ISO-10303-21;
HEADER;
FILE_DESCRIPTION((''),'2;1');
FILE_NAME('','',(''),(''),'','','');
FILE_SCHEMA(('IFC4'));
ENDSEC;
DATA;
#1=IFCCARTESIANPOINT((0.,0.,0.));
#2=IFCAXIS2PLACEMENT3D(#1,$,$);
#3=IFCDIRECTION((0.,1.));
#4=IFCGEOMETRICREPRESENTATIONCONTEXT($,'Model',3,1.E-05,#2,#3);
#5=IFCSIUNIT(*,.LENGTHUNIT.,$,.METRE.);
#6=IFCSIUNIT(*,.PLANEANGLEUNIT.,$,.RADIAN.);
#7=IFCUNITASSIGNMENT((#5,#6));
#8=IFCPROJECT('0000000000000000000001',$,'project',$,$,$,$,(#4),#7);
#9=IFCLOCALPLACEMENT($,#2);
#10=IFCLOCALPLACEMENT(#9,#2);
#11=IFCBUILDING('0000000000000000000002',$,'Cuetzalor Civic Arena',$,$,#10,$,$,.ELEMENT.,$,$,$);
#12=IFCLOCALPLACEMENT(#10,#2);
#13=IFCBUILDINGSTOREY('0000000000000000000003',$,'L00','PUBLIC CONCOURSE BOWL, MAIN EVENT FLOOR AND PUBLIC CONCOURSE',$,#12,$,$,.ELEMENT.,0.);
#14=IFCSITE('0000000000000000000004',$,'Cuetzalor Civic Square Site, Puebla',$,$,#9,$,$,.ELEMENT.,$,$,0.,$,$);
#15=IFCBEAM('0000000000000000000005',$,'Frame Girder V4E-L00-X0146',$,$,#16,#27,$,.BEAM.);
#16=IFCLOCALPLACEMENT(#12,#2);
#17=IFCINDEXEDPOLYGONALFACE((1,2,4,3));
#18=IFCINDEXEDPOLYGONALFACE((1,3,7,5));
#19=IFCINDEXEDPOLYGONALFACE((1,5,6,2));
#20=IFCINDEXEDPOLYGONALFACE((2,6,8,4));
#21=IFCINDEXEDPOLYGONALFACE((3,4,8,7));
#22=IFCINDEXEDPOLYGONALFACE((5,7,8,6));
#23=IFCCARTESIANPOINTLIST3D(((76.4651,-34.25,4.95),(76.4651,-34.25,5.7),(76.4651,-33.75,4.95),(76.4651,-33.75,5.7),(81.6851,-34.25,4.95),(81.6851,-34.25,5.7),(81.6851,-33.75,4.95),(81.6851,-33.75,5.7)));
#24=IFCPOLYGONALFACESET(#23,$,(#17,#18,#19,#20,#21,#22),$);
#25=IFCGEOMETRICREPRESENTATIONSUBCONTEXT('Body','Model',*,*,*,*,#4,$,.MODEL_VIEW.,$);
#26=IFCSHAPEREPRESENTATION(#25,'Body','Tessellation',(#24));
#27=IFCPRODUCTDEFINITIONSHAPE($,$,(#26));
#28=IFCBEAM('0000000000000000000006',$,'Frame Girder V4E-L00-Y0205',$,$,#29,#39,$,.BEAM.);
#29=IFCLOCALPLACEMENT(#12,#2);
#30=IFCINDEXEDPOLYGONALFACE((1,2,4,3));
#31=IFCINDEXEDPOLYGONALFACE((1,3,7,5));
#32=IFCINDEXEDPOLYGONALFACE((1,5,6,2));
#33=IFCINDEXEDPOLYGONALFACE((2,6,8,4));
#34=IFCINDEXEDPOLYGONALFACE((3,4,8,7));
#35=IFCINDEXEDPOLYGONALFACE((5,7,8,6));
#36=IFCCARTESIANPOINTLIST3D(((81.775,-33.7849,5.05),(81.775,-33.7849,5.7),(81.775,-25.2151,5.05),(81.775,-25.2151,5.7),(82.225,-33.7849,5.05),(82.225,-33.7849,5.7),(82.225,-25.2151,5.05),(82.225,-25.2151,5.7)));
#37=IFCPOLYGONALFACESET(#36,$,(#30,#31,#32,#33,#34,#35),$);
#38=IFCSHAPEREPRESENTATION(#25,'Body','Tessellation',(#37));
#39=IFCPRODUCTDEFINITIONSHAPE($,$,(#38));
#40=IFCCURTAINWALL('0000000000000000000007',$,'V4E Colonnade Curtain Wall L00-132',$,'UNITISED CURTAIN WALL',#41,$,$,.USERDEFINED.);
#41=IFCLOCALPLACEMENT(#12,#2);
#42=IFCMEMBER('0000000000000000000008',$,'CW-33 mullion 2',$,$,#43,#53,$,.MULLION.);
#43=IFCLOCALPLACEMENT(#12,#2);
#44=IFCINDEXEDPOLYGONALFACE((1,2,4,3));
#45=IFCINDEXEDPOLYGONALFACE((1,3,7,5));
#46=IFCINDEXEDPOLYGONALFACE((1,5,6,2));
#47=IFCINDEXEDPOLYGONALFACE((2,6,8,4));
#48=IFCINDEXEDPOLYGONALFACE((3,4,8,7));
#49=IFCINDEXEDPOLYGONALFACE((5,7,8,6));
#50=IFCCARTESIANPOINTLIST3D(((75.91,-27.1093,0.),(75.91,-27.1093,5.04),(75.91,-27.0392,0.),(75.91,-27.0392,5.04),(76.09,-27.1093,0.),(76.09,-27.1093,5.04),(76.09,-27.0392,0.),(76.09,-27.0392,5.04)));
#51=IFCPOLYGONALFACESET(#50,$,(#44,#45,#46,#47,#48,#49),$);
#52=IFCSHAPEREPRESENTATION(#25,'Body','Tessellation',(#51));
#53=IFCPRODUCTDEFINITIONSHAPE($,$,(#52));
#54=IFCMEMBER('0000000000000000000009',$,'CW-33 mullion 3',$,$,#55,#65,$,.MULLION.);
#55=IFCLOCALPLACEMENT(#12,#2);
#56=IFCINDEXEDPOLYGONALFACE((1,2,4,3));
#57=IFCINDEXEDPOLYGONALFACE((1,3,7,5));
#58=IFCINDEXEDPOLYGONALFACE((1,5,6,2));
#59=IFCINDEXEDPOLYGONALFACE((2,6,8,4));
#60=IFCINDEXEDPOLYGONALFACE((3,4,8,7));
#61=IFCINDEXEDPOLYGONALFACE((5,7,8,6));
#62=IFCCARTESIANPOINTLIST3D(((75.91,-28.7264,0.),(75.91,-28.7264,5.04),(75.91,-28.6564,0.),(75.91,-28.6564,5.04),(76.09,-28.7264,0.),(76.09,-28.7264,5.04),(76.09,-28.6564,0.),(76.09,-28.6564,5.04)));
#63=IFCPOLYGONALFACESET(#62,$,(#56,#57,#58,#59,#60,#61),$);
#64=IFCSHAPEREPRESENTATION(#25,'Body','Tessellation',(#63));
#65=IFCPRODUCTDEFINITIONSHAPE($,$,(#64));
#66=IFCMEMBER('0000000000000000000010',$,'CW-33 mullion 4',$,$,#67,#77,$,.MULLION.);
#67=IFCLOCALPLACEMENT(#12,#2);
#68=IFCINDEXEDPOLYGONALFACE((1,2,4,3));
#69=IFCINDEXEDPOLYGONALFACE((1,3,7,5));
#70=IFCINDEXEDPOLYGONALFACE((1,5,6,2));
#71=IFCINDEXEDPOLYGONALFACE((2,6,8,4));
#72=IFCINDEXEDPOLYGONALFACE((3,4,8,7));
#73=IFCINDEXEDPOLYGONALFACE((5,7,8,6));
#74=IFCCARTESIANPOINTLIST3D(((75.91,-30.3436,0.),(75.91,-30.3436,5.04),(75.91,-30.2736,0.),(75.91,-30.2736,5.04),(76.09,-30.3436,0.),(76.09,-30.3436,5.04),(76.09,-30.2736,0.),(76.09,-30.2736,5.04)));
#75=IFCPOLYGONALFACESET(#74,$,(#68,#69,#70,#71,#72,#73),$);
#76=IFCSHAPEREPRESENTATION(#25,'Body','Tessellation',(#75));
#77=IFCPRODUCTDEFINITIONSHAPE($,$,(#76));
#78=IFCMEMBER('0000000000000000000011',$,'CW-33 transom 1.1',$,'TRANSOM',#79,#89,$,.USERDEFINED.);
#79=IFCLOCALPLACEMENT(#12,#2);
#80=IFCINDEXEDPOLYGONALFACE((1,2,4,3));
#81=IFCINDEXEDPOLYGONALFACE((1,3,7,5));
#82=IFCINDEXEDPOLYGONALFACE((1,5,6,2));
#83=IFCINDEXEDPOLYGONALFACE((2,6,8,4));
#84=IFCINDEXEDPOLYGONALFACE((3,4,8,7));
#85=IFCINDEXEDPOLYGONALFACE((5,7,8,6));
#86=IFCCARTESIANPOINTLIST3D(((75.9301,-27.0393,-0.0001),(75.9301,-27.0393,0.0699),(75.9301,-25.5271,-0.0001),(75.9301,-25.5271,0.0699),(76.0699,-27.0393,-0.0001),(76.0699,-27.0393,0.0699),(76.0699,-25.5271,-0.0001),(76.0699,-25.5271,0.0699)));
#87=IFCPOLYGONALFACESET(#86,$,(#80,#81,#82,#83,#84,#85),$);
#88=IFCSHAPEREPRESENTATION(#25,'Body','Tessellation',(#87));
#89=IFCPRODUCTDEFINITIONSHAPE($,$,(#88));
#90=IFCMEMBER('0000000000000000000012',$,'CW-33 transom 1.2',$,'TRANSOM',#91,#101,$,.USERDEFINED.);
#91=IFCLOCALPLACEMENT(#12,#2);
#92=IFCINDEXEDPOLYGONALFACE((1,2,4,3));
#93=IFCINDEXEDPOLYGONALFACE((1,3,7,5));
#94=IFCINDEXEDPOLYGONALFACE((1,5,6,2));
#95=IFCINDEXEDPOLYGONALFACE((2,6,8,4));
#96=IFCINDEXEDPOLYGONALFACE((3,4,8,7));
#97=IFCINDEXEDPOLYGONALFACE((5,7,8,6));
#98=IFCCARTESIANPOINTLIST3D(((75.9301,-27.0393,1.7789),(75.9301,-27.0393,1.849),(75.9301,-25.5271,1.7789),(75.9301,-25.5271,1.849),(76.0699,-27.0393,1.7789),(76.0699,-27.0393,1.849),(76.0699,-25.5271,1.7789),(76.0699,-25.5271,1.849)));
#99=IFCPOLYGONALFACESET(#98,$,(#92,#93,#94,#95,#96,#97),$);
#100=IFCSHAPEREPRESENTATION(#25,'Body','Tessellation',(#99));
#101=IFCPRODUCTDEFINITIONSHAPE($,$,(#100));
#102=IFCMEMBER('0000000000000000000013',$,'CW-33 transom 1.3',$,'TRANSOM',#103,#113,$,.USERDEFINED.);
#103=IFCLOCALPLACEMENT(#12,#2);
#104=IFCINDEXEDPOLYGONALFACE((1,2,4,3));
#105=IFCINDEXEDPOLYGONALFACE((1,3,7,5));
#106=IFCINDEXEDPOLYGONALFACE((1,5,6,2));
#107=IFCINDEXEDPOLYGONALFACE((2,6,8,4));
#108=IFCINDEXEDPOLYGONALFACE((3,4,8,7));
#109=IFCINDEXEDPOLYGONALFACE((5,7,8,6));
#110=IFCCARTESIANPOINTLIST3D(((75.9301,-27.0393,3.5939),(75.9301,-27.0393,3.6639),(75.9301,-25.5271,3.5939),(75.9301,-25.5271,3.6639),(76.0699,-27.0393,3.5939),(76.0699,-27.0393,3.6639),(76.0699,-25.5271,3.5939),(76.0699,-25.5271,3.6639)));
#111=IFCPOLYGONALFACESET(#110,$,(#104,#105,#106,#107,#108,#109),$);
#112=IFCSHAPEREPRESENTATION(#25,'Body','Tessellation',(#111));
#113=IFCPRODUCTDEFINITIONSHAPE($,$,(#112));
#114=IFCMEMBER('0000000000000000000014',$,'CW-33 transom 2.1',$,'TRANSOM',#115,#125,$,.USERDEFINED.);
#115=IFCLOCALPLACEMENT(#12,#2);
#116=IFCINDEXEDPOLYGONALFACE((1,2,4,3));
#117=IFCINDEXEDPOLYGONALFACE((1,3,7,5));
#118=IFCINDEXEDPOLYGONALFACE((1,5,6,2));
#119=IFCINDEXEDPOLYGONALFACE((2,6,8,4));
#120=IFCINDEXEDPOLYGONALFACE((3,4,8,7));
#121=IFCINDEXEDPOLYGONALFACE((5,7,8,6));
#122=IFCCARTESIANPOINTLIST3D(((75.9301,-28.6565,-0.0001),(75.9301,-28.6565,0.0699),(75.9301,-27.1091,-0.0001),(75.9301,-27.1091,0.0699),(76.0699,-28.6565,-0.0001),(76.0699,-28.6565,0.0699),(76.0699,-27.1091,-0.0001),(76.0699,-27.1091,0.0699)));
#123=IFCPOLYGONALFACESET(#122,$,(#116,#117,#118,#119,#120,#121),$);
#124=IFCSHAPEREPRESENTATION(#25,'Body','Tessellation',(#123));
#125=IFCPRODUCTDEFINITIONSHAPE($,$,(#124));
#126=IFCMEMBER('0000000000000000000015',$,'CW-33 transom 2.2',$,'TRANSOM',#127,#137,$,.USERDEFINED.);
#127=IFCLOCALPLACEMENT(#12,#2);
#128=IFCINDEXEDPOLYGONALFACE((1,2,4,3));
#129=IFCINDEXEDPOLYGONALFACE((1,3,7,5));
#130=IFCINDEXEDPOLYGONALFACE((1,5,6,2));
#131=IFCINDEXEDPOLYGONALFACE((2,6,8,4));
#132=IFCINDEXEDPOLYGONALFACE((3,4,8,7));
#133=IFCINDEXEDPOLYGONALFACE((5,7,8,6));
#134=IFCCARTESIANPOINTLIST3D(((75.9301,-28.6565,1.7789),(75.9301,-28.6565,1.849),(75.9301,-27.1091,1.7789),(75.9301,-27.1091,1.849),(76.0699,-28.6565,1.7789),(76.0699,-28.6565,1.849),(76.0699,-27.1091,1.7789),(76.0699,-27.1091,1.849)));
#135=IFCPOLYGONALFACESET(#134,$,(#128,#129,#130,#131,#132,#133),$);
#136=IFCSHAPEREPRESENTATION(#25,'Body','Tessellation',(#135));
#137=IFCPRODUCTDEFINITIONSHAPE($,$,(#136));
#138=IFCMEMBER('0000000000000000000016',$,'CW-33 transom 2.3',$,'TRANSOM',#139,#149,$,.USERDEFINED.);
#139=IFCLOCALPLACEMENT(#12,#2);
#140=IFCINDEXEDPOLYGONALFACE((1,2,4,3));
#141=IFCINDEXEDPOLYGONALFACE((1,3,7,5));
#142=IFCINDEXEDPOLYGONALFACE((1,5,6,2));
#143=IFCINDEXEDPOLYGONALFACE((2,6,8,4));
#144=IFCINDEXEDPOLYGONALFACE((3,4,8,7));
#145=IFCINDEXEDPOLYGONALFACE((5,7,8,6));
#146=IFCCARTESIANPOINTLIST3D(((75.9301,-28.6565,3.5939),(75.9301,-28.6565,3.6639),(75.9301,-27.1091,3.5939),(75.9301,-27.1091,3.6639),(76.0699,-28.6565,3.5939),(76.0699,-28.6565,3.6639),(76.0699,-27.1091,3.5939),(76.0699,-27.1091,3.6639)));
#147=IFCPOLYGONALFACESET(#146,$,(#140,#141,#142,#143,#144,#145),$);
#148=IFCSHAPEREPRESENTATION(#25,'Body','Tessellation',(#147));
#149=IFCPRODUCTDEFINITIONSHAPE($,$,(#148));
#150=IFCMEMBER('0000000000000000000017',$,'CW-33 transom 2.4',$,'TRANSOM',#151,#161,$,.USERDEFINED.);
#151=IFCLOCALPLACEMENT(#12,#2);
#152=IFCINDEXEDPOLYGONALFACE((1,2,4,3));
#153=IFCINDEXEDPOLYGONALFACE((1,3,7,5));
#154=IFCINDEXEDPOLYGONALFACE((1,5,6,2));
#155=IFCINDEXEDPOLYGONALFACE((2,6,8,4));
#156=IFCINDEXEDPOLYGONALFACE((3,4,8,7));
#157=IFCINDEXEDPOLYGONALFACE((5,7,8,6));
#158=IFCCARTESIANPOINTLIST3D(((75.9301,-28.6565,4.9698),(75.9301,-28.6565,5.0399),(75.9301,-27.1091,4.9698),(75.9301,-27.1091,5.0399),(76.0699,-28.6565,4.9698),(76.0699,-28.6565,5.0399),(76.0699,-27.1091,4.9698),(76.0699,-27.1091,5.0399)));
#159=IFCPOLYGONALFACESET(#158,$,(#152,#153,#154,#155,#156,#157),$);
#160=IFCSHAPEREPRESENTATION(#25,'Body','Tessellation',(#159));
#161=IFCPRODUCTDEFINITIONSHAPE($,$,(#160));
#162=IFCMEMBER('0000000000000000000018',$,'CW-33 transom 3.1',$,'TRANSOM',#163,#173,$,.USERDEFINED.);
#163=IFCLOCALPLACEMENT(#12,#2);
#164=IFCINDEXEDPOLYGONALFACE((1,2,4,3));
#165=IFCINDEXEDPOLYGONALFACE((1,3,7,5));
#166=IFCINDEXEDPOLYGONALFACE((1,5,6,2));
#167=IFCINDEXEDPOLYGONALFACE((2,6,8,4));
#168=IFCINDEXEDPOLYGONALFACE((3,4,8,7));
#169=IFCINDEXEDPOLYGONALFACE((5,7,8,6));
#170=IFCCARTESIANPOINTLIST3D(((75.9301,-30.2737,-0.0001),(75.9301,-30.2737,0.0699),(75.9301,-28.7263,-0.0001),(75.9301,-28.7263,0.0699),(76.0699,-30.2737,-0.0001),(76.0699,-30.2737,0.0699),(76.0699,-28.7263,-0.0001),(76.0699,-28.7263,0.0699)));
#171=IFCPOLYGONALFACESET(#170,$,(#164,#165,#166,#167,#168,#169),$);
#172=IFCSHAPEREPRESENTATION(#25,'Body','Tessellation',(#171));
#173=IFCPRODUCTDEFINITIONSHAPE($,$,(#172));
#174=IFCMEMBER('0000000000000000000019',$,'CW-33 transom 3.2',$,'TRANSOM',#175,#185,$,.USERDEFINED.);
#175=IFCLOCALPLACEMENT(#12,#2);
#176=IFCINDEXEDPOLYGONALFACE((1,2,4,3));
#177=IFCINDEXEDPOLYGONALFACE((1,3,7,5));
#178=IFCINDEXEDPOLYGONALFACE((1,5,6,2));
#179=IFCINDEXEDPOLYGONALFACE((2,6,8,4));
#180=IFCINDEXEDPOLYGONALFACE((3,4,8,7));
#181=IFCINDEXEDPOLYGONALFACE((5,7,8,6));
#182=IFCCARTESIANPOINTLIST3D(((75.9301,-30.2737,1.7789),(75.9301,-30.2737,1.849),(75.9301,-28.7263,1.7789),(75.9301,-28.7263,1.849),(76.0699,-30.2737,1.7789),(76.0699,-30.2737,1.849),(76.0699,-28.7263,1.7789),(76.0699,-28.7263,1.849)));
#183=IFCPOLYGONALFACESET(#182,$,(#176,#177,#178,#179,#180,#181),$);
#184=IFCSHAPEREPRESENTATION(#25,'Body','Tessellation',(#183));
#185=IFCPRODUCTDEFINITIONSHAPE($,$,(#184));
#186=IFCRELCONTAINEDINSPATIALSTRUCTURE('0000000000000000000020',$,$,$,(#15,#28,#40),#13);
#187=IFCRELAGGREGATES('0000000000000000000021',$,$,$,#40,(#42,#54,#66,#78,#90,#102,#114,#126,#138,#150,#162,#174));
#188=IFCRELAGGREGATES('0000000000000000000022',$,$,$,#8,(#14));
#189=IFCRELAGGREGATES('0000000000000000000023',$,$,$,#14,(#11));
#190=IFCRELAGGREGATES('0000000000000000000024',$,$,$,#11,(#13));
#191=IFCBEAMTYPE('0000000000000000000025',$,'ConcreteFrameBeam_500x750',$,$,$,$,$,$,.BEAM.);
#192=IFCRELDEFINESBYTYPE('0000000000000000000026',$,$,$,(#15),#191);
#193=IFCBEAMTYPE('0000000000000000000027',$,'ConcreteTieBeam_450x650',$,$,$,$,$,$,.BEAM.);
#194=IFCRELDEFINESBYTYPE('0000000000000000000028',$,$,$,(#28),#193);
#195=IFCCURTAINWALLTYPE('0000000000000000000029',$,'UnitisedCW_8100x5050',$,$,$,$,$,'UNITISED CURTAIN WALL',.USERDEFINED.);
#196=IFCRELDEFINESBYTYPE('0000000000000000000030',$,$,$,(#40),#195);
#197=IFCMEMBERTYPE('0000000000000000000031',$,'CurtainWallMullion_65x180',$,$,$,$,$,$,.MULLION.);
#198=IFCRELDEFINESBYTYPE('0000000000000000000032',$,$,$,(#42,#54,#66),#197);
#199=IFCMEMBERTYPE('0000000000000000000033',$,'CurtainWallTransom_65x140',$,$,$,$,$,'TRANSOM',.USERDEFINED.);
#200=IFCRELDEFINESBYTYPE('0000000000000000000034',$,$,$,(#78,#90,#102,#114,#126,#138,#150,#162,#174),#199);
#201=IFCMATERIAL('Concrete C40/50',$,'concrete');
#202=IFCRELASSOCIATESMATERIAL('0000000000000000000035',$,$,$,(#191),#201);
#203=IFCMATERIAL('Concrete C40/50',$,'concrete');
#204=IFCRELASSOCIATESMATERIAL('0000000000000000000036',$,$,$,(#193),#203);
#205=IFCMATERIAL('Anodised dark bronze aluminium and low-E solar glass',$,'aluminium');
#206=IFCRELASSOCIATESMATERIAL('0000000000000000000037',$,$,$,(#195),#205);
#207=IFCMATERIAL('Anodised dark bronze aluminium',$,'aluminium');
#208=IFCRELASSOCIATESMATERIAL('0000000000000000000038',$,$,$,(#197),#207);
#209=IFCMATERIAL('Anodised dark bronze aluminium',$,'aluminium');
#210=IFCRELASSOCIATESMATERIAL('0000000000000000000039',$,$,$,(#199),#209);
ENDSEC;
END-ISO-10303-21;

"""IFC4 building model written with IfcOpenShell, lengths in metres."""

from ifc_helpers import new_model, si_unit, direction, frame, origin, origin_2d, place, context, subcontext, project, spatial, rectangle, extrude, material, material_profile, profile_set, type_object, element, aggregate, save


model = new_model("IFC4")

# Units and contexts
model_context = context("Model", 3, precision=1e-05, world=origin(), true_north=direction((0.0, 1.0)))
body_context = subcontext(model_context, "Body", "Model", "MODEL_VIEW")
ifc_project = project(units=[si_unit("LENGTHUNIT", "METRE"), si_unit("PLANEANGLEUNIT", "RADIAN")], contexts=[model_context])

# Site, building, storey
site_placement = place(None, origin())
site = spatial("IfcSite", under=ifc_project, at=site_placement, Name="Cuetzalor Civic Square Site, Puebla", CompositionType="ELEMENT", RefElevation=0.0)
building_placement = place(site_placement, origin())
building = spatial("IfcBuilding", under=site, at=building_placement, Name="Cuetzalor Civic Arena", CompositionType="ELEMENT")
storey_placement = place(building_placement, origin())
storey = spatial("IfcBuildingStorey", under=building, at=storey_placement, Name="L00", Description="PUBLIC CONCOURSE BOWL, MAIN EVENT FLOOR AND PUBLIC CONCOURSE", CompositionType="ELEMENT", Elevation=0.0)

# Beams
ifc_material_1 = material(Name="Concrete C40/50", Category="concrete")
ifc_material_profile_1 = material_profile(ifc_material_1, rectangle(XDim=0.5, YDim=0.75, at=origin_2d()), Name="RC 500x750")
ifc_profile_set_1 = profile_set([ifc_material_profile_1], Name="Concrete C40/50")
beam_type_1 = type_object("IfcBeamType", Name="ConcreteFrameBeam_500x750", PredefinedType="BEAM", material=ifc_profile_set_1)
beam_1_placement = place(storey_placement, frame((76.4651, -34.0, 5.325), z_axis=(1.0, 0.0, 0.0), x_axis=(0.0, 1.0, 0.0)))
element("IfcBeam", 1, at=beam_1_placement, inside=storey, type_object=beam_type_1, Name="Frame Girder V4E-L00-X0146", PredefinedType="BEAM", context=body_context, shape_type="SweptSolid", body=[
    extrude(rectangle(XDim=0.5, YDim=0.75, at=origin_2d()), origin(), (0.0, 0.0, 1.0), 5.22),
])
ifc_material_2 = material(Name="Concrete C40/50", Category="concrete")
ifc_material_profile_2 = material_profile(ifc_material_2, rectangle(XDim=0.45, YDim=0.6499, at=origin_2d()), Name="RC 450x650")
ifc_profile_set_2 = profile_set([ifc_material_profile_2], Name="Concrete C40/50")
beam_type_2 = type_object("IfcBeamType", Name="ConcreteTieBeam_450x650", PredefinedType="BEAM", material=ifc_profile_set_2)
beam_2_placement = place(storey_placement, frame((82.0, -33.7849, 5.375), z_axis=(0.0, 1.0, 0.0), x_axis=(-1.0, 0.0, 0.0)))
element("IfcBeam", 2, at=beam_2_placement, inside=storey, type_object=beam_type_2, Name="Frame Girder V4E-L00-Y0205", PredefinedType="BEAM", context=body_context, shape_type="SweptSolid", body=[
    extrude(rectangle(XDim=0.45, YDim=0.6499, at=origin_2d()), origin(), (0.0, 0.0, 1.0), 8.5698),
])

# Curtain wall, members
ifc_material_3 = material(Name="Anodised dark bronze aluminium and low-E solar glass", Category="aluminium")
curtain_wall_type = type_object("IfcCurtainWallType", Name="UnitisedCW_8100x5050", ElementType="UNITISED CURTAIN WALL", PredefinedType="USERDEFINED", material=ifc_material_3)
curtain_wall_placement = place(storey_placement, origin())
curtain_wall = element("IfcCurtainWall", 3, at=curtain_wall_placement, inside=storey, type_object=curtain_wall_type, Name="V4E Colonnade Curtain Wall L00-132", ObjectType="UNITISED CURTAIN WALL", PredefinedType="USERDEFINED")
ifc_material_4 = material(Name="Anodised dark bronze aluminium", Category="aluminium")
ifc_material_profile_3 = material_profile(ifc_material_4, rectangle(XDim=0.0701, YDim=0.1799, at=origin_2d()), Name="ALU MULLION 70x180")
ifc_profile_set_3 = profile_set([ifc_material_profile_3], Name="Anodised dark bronze aluminium")
member_type_1 = type_object("IfcMemberType", Name="CurtainWallMullion_65x180", PredefinedType="MULLION", material=ifc_profile_set_3)
member_1_placement = place(storey_placement, frame((76.0, -27.0742, 0.0), z_axis=(0.0, 0.0, 1.0), x_axis=(0.0, -1.0, 0.0)))
member_1 = element("IfcMember", 4, at=member_1_placement, type_object=member_type_1, Name="CW-33 mullion 2", PredefinedType="MULLION", context=body_context, shape_type="SweptSolid", body=[
    extrude(rectangle(XDim=0.0701, YDim=0.1799, at=origin_2d()), origin(), (0.0, 0.0, 1.0), 5.04),
])
member_2_placement = place(storey_placement, frame((76.0, -28.6914, 0.0), z_axis=(0.0, 0.0, 1.0), x_axis=(0.0, -1.0, 0.0)))
member_2 = element("IfcMember", 5, at=member_2_placement, type_object=member_type_1, Name="CW-33 mullion 3", PredefinedType="MULLION", context=body_context, shape_type="SweptSolid", body=[
    extrude(rectangle(XDim=0.0701, YDim=0.1799, at=origin_2d()), origin(), (0.0, 0.0, 1.0), 5.04),
])
member_3_placement = place(storey_placement, frame((76.0, -30.3086, 0.0), z_axis=(0.0, 0.0, 1.0), x_axis=(0.0, -1.0, 0.0)))
member_3 = element("IfcMember", 6, at=member_3_placement, type_object=member_type_1, Name="CW-33 mullion 4", PredefinedType="MULLION", context=body_context, shape_type="SweptSolid", body=[
    extrude(rectangle(XDim=0.0701, YDim=0.1799, at=origin_2d()), origin(), (0.0, 0.0, 1.0), 5.04),
])
ifc_material_5 = material(Name="Anodised dark bronze aluminium", Category="aluminium")
ifc_material_profile_4 = material_profile(ifc_material_5, rectangle(XDim=0.1399, YDim=0.0701, at=origin_2d()), Name="ALU TRANSOM 70x140")
ifc_profile_set_4 = profile_set([ifc_material_profile_4], Name="Anodised dark bronze aluminium")
member_type_2 = type_object("IfcMemberType", Name="CurtainWallTransom_65x140", ElementType="TRANSOM", PredefinedType="USERDEFINED", material=ifc_profile_set_4)
member_4_placement = place(storey_placement, frame((76.0, -25.5271, 0.0349), z_axis=(0.0, -1.0, 0.0), x_axis=(1.0, 0.0, 0.0)))
member_4 = element("IfcMember", 7, at=member_4_placement, type_object=member_type_2, Name="CW-33 transom 1.1", ObjectType="TRANSOM", PredefinedType="USERDEFINED", context=body_context, shape_type="SweptSolid", body=[
    extrude(rectangle(XDim=0.1399, YDim=0.0701, at=origin_2d()), origin(), (0.0, 0.0, 1.0), 1.5122),
])
member_5_placement = place(storey_placement, frame((76.0, -25.5271, 1.814), z_axis=(0.0, -1.0, 0.0), x_axis=(1.0, 0.0, 0.0)))
member_5 = element("IfcMember", 8, at=member_5_placement, type_object=member_type_2, Name="CW-33 transom 1.2", ObjectType="TRANSOM", PredefinedType="USERDEFINED", context=body_context, shape_type="SweptSolid", body=[
    extrude(rectangle(XDim=0.1399, YDim=0.0701, at=origin_2d()), origin(), (0.0, 0.0, 1.0), 1.5122),
])
member_6_placement = place(storey_placement, frame((76.0, -25.5271, 3.6289), z_axis=(0.0, -1.0, 0.0), x_axis=(1.0, 0.0, 0.0)))
member_6 = element("IfcMember", 9, at=member_6_placement, type_object=member_type_2, Name="CW-33 transom 1.3", ObjectType="TRANSOM", PredefinedType="USERDEFINED", context=body_context, shape_type="SweptSolid", body=[
    extrude(rectangle(XDim=0.1399, YDim=0.0701, at=origin_2d()), origin(), (0.0, 0.0, 1.0), 1.5122),
])
member_7_placement = place(storey_placement, frame((76.0, -27.1091, 0.0349), z_axis=(0.0, -1.0, 0.0), x_axis=(1.0, 0.0, 0.0)))
member_7 = element("IfcMember", 10, at=member_7_placement, type_object=member_type_2, Name="CW-33 transom 2.1", ObjectType="TRANSOM", PredefinedType="USERDEFINED", context=body_context, shape_type="SweptSolid", body=[
    extrude(rectangle(XDim=0.1399, YDim=0.0701, at=origin_2d()), origin(), (0.0, 0.0, 1.0), 1.5474),
])
member_8_placement = place(storey_placement, frame((76.0, -27.1091, 1.814), z_axis=(0.0, -1.0, 0.0), x_axis=(1.0, 0.0, 0.0)))
member_8 = element("IfcMember", 11, at=member_8_placement, type_object=member_type_2, Name="CW-33 transom 2.2", ObjectType="TRANSOM", PredefinedType="USERDEFINED", context=body_context, shape_type="SweptSolid", body=[
    extrude(rectangle(XDim=0.1399, YDim=0.0701, at=origin_2d()), origin(), (0.0, 0.0, 1.0), 1.5474),
])
member_9_placement = place(storey_placement, frame((76.0, -27.1091, 3.6289), z_axis=(0.0, -1.0, 0.0), x_axis=(1.0, 0.0, 0.0)))
member_9 = element("IfcMember", 12, at=member_9_placement, type_object=member_type_2, Name="CW-33 transom 2.3", ObjectType="TRANSOM", PredefinedType="USERDEFINED", context=body_context, shape_type="SweptSolid", body=[
    extrude(rectangle(XDim=0.1399, YDim=0.0701, at=origin_2d()), origin(), (0.0, 0.0, 1.0), 1.5474),
])
member_10_placement = place(storey_placement, frame((76.0, -27.1091, 5.0049), z_axis=(0.0, -1.0, 0.0), x_axis=(1.0, 0.0, 0.0)))
member_10 = element("IfcMember", 13, at=member_10_placement, type_object=member_type_2, Name="CW-33 transom 2.4", ObjectType="TRANSOM", PredefinedType="USERDEFINED", context=body_context, shape_type="SweptSolid", body=[
    extrude(rectangle(XDim=0.1399, YDim=0.0701, at=origin_2d()), origin(), (0.0, 0.0, 1.0), 1.5474),
])
member_11_placement = place(storey_placement, frame((76.0, -28.7263, 0.0349), z_axis=(0.0, -1.0, 0.0), x_axis=(1.0, 0.0, 0.0)))
member_11 = element("IfcMember", 14, at=member_11_placement, type_object=member_type_2, Name="CW-33 transom 3.1", ObjectType="TRANSOM", PredefinedType="USERDEFINED", context=body_context, shape_type="SweptSolid", body=[
    extrude(rectangle(XDim=0.1399, YDim=0.0701, at=origin_2d()), origin(), (0.0, 0.0, 1.0), 1.5474),
])
member_12_placement = place(storey_placement, frame((76.0, -28.7263, 1.814), z_axis=(0.0, -1.0, 0.0), x_axis=(1.0, 0.0, 0.0)))
member_12 = element("IfcMember", 15, at=member_12_placement, type_object=member_type_2, Name="CW-33 transom 3.2", ObjectType="TRANSOM", PredefinedType="USERDEFINED", context=body_context, shape_type="SweptSolid", body=[
    extrude(rectangle(XDim=0.1399, YDim=0.0701, at=origin_2d()), origin(), (0.0, 0.0, 1.0), 1.5474),
])

aggregate(curtain_wall, [member_1, member_2, member_3, member_4, member_5, member_6, member_7, member_8, member_9, member_10, member_11, member_12])

save(model, "model.ifc")
